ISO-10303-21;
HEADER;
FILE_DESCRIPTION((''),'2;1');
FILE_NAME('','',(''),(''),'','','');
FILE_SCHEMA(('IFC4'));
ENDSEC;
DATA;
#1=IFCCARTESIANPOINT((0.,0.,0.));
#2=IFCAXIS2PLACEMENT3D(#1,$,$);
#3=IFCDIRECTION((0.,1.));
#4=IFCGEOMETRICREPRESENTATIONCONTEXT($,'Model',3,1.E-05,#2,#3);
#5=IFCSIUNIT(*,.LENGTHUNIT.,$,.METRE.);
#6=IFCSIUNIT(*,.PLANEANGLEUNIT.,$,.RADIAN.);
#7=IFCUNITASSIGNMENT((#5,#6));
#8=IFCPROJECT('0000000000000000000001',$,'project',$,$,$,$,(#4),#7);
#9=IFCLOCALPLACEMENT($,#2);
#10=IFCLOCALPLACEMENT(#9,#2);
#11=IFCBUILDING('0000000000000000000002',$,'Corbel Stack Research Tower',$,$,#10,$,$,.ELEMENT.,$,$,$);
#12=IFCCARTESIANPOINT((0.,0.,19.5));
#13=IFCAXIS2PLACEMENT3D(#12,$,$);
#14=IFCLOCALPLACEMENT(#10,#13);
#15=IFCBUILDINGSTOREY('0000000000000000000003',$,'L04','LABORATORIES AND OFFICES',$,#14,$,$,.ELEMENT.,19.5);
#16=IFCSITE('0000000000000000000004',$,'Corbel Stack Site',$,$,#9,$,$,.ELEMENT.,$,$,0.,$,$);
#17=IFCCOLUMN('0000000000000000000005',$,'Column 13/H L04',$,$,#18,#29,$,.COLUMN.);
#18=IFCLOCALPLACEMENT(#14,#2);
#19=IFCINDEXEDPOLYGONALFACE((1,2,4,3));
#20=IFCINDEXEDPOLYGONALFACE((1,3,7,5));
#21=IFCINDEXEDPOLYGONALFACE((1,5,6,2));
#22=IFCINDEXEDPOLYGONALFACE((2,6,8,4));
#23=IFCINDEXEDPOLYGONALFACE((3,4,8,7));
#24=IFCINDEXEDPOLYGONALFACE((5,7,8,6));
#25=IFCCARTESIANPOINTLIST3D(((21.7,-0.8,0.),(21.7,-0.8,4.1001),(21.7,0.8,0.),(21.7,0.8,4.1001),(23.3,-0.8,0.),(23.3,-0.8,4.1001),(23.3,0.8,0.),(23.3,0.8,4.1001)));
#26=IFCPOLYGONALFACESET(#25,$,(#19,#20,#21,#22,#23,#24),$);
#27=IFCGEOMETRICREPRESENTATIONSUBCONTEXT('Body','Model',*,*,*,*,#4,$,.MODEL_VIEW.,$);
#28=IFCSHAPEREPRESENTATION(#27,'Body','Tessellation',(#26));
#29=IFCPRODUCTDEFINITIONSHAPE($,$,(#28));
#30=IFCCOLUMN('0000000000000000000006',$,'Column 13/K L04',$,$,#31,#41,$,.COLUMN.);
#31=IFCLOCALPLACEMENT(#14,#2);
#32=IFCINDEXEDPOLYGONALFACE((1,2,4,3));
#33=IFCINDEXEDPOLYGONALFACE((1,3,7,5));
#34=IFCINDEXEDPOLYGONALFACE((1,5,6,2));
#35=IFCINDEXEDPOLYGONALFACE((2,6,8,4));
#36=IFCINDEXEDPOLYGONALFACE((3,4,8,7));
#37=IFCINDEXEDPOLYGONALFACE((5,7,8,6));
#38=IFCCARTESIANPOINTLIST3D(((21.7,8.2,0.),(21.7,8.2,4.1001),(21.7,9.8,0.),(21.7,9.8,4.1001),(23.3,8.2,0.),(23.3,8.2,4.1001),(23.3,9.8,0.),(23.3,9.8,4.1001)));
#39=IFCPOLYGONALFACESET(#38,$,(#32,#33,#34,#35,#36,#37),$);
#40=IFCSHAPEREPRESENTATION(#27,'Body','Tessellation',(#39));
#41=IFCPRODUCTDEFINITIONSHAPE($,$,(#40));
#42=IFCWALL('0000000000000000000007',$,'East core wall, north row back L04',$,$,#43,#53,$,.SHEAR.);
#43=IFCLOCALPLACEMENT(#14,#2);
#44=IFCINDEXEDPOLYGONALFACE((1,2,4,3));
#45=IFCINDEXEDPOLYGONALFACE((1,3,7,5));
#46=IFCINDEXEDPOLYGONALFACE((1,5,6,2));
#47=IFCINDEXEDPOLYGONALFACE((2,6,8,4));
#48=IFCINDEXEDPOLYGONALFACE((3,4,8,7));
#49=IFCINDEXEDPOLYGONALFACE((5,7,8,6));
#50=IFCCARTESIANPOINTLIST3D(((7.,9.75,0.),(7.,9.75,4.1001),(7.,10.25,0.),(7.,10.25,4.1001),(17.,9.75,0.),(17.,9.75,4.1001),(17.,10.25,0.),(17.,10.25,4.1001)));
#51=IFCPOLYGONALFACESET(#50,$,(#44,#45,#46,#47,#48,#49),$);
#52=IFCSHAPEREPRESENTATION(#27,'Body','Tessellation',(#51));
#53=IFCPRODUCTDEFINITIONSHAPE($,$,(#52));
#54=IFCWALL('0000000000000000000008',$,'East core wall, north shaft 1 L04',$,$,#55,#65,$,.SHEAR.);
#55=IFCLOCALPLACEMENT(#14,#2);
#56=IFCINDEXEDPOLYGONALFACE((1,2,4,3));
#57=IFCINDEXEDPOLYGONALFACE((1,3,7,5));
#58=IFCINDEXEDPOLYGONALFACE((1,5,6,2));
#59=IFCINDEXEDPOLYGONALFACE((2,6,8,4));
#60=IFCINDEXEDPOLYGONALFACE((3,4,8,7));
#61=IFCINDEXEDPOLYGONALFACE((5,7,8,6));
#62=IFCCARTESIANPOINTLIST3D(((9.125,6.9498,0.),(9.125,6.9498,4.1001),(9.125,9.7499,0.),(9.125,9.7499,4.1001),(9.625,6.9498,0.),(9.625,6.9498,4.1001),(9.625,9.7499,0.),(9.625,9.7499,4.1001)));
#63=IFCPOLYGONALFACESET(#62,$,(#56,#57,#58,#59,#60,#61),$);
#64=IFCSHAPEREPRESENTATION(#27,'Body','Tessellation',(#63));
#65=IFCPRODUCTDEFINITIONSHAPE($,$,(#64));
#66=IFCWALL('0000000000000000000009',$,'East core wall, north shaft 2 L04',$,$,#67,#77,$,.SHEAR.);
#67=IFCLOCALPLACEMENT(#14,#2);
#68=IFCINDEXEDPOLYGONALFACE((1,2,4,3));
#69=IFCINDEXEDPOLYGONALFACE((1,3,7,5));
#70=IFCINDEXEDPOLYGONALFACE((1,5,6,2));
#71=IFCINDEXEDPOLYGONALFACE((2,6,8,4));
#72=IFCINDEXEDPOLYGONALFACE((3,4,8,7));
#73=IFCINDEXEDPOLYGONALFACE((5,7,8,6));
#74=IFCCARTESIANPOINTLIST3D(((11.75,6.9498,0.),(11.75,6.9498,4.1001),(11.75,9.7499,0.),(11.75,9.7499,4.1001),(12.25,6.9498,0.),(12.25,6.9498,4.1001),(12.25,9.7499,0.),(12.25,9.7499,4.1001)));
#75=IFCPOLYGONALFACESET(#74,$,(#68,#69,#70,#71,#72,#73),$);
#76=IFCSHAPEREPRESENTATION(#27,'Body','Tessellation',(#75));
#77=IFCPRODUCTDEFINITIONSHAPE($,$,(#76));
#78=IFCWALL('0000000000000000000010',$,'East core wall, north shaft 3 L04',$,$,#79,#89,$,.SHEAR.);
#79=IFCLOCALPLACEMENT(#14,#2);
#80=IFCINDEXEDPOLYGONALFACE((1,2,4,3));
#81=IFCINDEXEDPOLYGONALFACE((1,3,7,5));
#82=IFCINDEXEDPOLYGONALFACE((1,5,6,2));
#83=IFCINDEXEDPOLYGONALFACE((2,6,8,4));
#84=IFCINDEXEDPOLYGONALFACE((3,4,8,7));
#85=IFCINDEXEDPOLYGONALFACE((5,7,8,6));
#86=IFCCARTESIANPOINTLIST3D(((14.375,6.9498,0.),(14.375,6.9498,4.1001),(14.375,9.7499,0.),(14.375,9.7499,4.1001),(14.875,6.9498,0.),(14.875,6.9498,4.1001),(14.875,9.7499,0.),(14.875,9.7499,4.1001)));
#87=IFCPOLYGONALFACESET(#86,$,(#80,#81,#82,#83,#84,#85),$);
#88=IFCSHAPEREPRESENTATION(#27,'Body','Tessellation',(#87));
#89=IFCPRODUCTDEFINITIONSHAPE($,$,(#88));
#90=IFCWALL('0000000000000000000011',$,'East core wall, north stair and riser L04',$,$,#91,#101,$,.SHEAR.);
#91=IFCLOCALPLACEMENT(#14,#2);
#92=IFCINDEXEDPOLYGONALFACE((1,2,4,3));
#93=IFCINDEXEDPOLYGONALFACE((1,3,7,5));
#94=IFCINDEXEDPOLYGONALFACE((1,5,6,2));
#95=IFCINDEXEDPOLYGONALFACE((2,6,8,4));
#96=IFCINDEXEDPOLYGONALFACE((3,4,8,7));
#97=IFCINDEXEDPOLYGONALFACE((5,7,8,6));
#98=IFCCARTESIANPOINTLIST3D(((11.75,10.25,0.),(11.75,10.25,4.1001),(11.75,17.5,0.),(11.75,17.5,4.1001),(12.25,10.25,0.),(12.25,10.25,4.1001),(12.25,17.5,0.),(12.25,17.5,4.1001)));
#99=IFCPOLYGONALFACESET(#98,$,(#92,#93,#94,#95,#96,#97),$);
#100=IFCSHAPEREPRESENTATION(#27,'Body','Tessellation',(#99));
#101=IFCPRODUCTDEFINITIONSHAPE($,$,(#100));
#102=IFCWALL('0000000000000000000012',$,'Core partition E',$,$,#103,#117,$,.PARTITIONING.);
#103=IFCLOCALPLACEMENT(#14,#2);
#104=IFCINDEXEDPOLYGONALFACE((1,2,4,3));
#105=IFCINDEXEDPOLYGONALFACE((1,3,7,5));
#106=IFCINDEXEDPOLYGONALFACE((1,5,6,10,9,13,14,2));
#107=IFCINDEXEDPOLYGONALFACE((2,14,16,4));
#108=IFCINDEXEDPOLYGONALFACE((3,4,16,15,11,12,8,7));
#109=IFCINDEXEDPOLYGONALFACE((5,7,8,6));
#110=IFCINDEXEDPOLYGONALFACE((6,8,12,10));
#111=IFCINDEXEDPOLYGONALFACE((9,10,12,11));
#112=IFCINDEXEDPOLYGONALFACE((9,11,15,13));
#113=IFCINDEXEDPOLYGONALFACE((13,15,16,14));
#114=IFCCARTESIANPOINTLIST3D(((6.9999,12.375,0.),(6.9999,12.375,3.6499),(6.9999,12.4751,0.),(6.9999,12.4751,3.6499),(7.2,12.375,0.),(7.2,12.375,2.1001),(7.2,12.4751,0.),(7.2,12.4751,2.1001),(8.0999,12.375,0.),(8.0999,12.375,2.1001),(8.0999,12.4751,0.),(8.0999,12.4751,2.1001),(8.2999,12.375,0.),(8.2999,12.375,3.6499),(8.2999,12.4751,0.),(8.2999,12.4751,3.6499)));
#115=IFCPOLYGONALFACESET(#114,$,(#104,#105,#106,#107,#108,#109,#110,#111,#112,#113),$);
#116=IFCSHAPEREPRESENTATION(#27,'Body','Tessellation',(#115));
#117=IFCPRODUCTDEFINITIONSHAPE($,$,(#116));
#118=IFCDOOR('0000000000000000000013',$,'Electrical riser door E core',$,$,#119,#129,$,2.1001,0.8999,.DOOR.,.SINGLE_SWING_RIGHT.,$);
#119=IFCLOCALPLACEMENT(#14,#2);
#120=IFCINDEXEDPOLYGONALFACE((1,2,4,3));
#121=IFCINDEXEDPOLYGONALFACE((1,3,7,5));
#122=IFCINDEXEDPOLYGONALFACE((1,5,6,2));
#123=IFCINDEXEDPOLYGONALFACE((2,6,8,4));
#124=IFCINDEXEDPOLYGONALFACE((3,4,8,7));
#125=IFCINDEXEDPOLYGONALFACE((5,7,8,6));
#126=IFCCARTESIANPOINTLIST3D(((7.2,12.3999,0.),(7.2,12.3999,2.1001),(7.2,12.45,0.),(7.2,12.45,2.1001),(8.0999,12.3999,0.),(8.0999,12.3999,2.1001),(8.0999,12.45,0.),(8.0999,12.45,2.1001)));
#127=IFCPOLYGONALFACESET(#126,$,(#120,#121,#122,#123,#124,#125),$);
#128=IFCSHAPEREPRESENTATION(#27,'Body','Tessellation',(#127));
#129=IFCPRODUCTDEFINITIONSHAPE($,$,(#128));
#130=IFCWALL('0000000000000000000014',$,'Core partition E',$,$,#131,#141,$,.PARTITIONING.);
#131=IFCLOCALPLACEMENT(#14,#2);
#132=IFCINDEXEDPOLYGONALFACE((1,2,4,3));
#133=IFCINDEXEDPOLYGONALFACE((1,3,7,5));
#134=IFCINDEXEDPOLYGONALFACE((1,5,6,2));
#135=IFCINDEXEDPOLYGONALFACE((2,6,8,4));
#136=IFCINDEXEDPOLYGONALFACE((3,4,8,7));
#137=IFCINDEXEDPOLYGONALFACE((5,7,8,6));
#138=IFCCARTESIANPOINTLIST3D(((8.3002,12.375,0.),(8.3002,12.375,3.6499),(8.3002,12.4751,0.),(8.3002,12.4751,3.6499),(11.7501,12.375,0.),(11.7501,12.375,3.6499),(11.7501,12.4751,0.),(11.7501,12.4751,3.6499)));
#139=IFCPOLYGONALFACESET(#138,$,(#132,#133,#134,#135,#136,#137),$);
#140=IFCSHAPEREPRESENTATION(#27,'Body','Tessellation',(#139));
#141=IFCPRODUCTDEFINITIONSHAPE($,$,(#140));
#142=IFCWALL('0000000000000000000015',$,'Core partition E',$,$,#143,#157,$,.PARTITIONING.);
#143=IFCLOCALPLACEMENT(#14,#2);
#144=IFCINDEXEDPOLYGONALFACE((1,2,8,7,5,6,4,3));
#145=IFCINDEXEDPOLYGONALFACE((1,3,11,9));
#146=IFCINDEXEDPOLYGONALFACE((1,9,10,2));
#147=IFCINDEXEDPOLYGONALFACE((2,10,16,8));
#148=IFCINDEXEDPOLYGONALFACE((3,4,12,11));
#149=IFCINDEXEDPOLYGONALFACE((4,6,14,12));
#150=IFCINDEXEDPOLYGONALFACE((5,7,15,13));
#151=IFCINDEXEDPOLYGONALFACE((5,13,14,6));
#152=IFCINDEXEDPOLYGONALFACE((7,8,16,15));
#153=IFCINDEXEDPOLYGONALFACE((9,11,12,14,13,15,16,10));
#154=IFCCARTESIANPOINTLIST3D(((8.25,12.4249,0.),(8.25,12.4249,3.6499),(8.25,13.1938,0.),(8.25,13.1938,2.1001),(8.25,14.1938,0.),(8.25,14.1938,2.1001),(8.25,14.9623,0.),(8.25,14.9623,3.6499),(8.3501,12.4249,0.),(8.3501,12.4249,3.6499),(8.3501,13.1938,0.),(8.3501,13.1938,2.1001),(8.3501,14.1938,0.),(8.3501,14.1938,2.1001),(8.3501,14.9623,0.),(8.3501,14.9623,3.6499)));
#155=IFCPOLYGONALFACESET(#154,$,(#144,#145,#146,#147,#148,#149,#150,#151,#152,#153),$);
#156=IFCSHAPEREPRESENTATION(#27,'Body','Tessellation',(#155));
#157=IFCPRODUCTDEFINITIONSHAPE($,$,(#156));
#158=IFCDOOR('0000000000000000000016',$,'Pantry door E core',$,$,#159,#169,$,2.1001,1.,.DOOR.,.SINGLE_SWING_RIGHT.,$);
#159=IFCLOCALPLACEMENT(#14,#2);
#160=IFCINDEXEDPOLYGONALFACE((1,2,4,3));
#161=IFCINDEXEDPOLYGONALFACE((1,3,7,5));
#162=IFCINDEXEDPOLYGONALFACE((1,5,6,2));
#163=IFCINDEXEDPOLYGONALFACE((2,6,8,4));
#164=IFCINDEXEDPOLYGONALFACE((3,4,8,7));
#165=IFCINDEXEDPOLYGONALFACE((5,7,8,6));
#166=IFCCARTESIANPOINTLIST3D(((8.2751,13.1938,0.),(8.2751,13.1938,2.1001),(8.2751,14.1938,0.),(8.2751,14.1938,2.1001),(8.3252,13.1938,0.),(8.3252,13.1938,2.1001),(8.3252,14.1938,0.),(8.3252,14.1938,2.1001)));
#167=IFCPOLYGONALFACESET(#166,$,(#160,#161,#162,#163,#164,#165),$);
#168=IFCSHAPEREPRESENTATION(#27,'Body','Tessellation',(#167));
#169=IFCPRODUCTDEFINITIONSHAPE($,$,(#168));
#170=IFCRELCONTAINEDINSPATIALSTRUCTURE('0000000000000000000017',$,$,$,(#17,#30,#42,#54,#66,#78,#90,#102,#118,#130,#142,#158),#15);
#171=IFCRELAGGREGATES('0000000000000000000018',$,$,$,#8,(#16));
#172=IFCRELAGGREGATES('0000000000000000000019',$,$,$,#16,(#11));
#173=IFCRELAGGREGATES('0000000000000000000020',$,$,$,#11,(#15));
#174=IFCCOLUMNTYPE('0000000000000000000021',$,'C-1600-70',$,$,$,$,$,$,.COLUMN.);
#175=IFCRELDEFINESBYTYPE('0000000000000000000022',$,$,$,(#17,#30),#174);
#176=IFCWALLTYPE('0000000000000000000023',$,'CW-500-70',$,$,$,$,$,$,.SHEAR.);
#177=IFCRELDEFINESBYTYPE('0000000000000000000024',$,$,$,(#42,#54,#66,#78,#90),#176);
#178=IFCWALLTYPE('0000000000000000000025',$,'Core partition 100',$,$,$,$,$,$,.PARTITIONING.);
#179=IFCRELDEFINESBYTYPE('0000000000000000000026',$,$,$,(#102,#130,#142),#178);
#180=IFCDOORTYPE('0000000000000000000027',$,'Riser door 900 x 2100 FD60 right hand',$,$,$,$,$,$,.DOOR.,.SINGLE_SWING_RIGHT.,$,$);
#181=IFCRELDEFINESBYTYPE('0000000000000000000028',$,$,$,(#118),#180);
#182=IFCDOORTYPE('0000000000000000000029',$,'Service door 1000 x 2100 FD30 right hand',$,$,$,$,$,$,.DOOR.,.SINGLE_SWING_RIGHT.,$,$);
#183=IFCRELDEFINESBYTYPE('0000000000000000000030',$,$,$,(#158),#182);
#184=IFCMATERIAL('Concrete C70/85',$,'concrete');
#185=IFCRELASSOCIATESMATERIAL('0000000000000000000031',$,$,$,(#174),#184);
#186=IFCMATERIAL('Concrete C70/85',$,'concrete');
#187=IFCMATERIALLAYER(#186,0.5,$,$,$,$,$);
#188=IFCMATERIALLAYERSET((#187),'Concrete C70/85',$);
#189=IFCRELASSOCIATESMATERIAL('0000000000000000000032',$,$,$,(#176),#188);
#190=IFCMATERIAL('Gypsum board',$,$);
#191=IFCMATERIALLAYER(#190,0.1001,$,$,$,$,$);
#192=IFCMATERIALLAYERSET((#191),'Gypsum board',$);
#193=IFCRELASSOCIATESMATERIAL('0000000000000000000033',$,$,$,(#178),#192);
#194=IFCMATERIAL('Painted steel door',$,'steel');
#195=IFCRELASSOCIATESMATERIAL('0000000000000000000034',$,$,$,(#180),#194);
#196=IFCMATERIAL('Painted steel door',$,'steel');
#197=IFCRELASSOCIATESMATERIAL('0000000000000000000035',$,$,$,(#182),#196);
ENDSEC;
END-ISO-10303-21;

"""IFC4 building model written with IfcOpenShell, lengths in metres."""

from ifc_helpers import new_model, si_unit, direction, frame, frame_2d, origin, origin_2d, place, context, subcontext, project, spatial, rectangle, extrude, material, layer, layer_set, material_profile, profile_set, type_object, element, fill, save


model = new_model("IFC4")

# Units and contexts
model_context = context("Model", 3, precision=1e-05, world=origin(), true_north=direction((0.0, 1.0)))
body_context = subcontext(model_context, "Body", "Model", "MODEL_VIEW")
ifc_project = project(units=[si_unit("LENGTHUNIT", "METRE"), si_unit("PLANEANGLEUNIT", "RADIAN")], contexts=[model_context])

# Site, building, storey
site_placement = place(None, origin())
site = spatial("IfcSite", under=ifc_project, at=site_placement, Name="Corbel Stack Site", CompositionType="ELEMENT", RefElevation=0.0)
building_placement = place(site_placement, origin())
building = spatial("IfcBuilding", under=site, at=building_placement, Name="Corbel Stack Research Tower", CompositionType="ELEMENT")
storey_placement = place(building_placement, frame((0.0, 0.0, 19.5)))
storey = spatial("IfcBuildingStorey", under=building, at=storey_placement, Name="L04", Description="LABORATORIES AND OFFICES", CompositionType="ELEMENT", Elevation=19.5)

# Columns
ifc_material_1 = material(Name="Concrete C70/85", Category="concrete")
ifc_material_profile = material_profile(ifc_material_1, rectangle(XDim=1.6001, YDim=1.6001, at=origin_2d()), Name="RC 1600 x 1600")
ifc_profile_set = profile_set([ifc_material_profile], Name="Concrete C70/85")
column_type = type_object("IfcColumnType", Name="C-1600-70", PredefinedType="COLUMN", material=ifc_profile_set)
for number, where, z_axis, x_axis, name in (
    (1, (22.5, 0.0, 0.0), (0.0, 0.0, 1.0), (1.0, 0.0, 0.0), "Column 13/H L04"),
    (2, (22.5, 9.0, 0.0), (0.0, 0.0, 1.0), (1.0, 0.0, 0.0), "Column 13/K L04"),
):
    element("IfcColumn", number, at=place(storey_placement, frame(where, z_axis=z_axis, x_axis=x_axis)), inside=storey, type_object=column_type, Name=name, PredefinedType="COLUMN", context=body_context, shape_type="SweptSolid", body=[
        extrude(rectangle(XDim=1.6001, YDim=1.6001, at=origin_2d()), origin(), (0.0, 0.0, 1.0), 4.1001),
    ])

# Walls
ifc_material_2 = material(Name="Concrete C70/85", Category="concrete")
ifc_layer_1 = layer(ifc_material_2, 0.5)
ifc_layer_set_1 = layer_set([ifc_layer_1], Name="Concrete C70/85")
wall_type_1 = type_object("IfcWallType", Name="CW-500-70", PredefinedType="SHEAR", material=ifc_layer_set_1)
wall_1_placement = place(storey_placement, frame((7.0, 10.0, 0.0), z_axis=(0.0, 0.0, 1.0), x_axis=(1.0, 0.0, 0.0)))
element("IfcWall", 3, at=wall_1_placement, inside=storey, type_object=wall_type_1, Name="East core wall, north row back L04", PredefinedType="SHEAR", context=body_context, shape_type="SweptSolid", body=[
    extrude(rectangle(XDim=10.0, YDim=0.5, at=frame_2d((5.0, 0.0))), origin(), (0.0, 0.0, 1.0), 4.1001),
])
for number, where, z_axis, x_axis, name in (
    (4, (9.375, 6.95, 0.0), (0.0, 0.0, 1.0), (0.0, 1.0, 0.0), "East core wall, north shaft 1 L04"),
    (5, (12.0, 6.95, 0.0), (0.0, 0.0, 1.0), (0.0, 1.0, 0.0), "East core wall, north shaft 2 L04"),
    (6, (14.625, 6.95, 0.0), (0.0, 0.0, 1.0), (0.0, 1.0, 0.0), "East core wall, north shaft 3 L04"),
):
    element("IfcWall", number, at=place(storey_placement, frame(where, z_axis=z_axis, x_axis=x_axis)), inside=storey, type_object=wall_type_1, Name=name, PredefinedType="SHEAR", context=body_context, shape_type="SweptSolid", body=[
        extrude(rectangle(XDim=2.8, YDim=0.5, at=frame_2d((1.3999, 0.0))), origin(), (0.0, 0.0, 1.0), 4.1001),
    ])
wall_2_placement = place(storey_placement, frame((12.0, 10.25, 0.0), z_axis=(0.0, 0.0, 1.0), x_axis=(0.0, 1.0, 0.0)))
element("IfcWall", 7, at=wall_2_placement, inside=storey, type_object=wall_type_1, Name="East core wall, north stair and riser L04", PredefinedType="SHEAR", context=body_context, shape_type="SweptSolid", body=[
    extrude(rectangle(XDim=7.25, YDim=0.5, at=frame_2d((3.625, 0.0))), origin(), (0.0, 0.0, 1.0), 4.1001),
])

# Wall, opening, door
ifc_material_3 = material(Name="Gypsum board")
ifc_layer_2 = layer(ifc_material_3, 0.1001)
ifc_layer_set_2 = layer_set([ifc_layer_2], Name="Gypsum board")
wall_type_2 = type_object("IfcWallType", Name="Core partition 100", PredefinedType="PARTITIONING", material=ifc_layer_set_2)
wall_3_placement = place(storey_placement, frame((7.0, 12.425, 0.0), z_axis=(0.0, 0.0, 1.0), x_axis=(1.0, 0.0, 0.0)))
wall_3 = element("IfcWall", 8, at=wall_3_placement, inside=storey, type_object=wall_type_2, Name="Core partition E", PredefinedType="PARTITIONING", context=body_context, shape_type="SweptSolid", body=[
    extrude(rectangle(XDim=1.3, YDim=0.1001, at=frame_2d((0.6499, 0.0))), origin(), (0.0, 0.0, 1.0), 3.6499),
])
opening_1_placement = place(wall_3_placement, frame((0.2, 0.0, 0.0)))
opening_1 = element("IfcOpeningElement", 9, at=opening_1_placement, cuts=wall_3, PredefinedType="OPENING", context=body_context, shape_type="SweptSolid", body=[
    extrude(rectangle(XDim=0.8999, YDim=2.1001, at=frame_2d((0.45, 1.05))), frame((0.0, 0.0601, 0.0), z_axis=(0.0, -1.0, 0.0), x_axis=(1.0, 0.0, 0.0)), (0.0, 0.0, 1.0), 0.1201),
])
ifc_material_4 = material(Name="Painted steel door", Category="steel")
door_type_1 = type_object("IfcDoorType", Name="Riser door 900 x 2100 FD60 right hand", OperationType="SINGLE_SWING_RIGHT", PredefinedType="DOOR", material=ifc_material_4)
door_1_placement = place(opening_1_placement, origin())
door_1 = element("IfcDoor", 10, at=door_1_placement, inside=storey, type_object=door_type_1, Name="Electrical riser door E core", OperationType="SINGLE_SWING_RIGHT", OverallHeight=2.1001, OverallWidth=0.8999, PredefinedType="DOOR", context=body_context, shape_type="SweptSolid", body=[
    extrude(rectangle(XDim=0.8999, YDim=2.1001, at=frame_2d((0.45, 1.05))), frame((0.0, 0.0249, 0.0), z_axis=(0.0, -1.0, 0.0), x_axis=(1.0, 0.0, 0.0)), (0.0, 0.0, 1.0), 0.05),
])
fill(opening_1, door_1)

# Wall
wall_4_placement = place(storey_placement, frame((8.3, 12.425, 0.0), z_axis=(0.0, 0.0, 1.0), x_axis=(1.0, 0.0, 0.0)))
element("IfcWall", 11, at=wall_4_placement, inside=storey, type_object=wall_type_2, Name="Core partition E", PredefinedType="PARTITIONING", context=body_context, shape_type="SweptSolid", body=[
    extrude(rectangle(XDim=3.45, YDim=0.1001, at=frame_2d((1.7251, 0.0))), origin(), (0.0, 0.0, 1.0), 3.6499),
])

# Wall, opening, door
wall_5_placement = place(storey_placement, frame((8.3, 12.425, 0.0), z_axis=(0.0, 0.0, 1.0), x_axis=(0.0, 1.0, 0.0)))
wall_5 = element("IfcWall", 12, at=wall_5_placement, inside=storey, type_object=wall_type_2, Name="Core partition E", PredefinedType="PARTITIONING", context=body_context, shape_type="SweptSolid", body=[
    extrude(rectangle(XDim=2.5374, YDim=0.1001, at=frame_2d((1.2686, 0.0))), origin(), (0.0, 0.0, 1.0), 3.6499),
])
opening_2_placement = place(wall_5_placement, frame((0.7688, 0.0, 0.0)))
opening_2 = element("IfcOpeningElement", 13, at=opening_2_placement, cuts=wall_5, PredefinedType="OPENING", context=body_context, shape_type="SweptSolid", body=[
    extrude(rectangle(XDim=1.0, YDim=2.1001, at=frame_2d((0.5, 1.05))), frame((0.0, 0.0601, 0.0), z_axis=(0.0, -1.0, 0.0), x_axis=(1.0, 0.0, 0.0)), (0.0, 0.0, 1.0), 0.1201),
])
ifc_material_5 = material(Name="Painted steel door", Category="steel")
door_type_2 = type_object("IfcDoorType", Name="Service door 1000 x 2100 FD30 right hand", OperationType="SINGLE_SWING_RIGHT", PredefinedType="DOOR", material=ifc_material_5)
door_2_placement = place(opening_2_placement, origin())
door_2 = element("IfcDoor", 14, at=door_2_placement, inside=storey, type_object=door_type_2, Name="Pantry door E core", OperationType="SINGLE_SWING_RIGHT", OverallHeight=2.1001, OverallWidth=1.0, PredefinedType="DOOR", context=body_context, shape_type="SweptSolid", body=[
    extrude(rectangle(XDim=1.0, YDim=2.1001, at=frame_2d((0.5, 1.05))), frame((0.0, 0.0249, 0.0), z_axis=(0.0, -1.0, 0.0), x_axis=(1.0, 0.0, 0.0)), (0.0, 0.0, 1.0), 0.05),
])
fill(opening_2, door_2)

save(model, "model.ifc")
